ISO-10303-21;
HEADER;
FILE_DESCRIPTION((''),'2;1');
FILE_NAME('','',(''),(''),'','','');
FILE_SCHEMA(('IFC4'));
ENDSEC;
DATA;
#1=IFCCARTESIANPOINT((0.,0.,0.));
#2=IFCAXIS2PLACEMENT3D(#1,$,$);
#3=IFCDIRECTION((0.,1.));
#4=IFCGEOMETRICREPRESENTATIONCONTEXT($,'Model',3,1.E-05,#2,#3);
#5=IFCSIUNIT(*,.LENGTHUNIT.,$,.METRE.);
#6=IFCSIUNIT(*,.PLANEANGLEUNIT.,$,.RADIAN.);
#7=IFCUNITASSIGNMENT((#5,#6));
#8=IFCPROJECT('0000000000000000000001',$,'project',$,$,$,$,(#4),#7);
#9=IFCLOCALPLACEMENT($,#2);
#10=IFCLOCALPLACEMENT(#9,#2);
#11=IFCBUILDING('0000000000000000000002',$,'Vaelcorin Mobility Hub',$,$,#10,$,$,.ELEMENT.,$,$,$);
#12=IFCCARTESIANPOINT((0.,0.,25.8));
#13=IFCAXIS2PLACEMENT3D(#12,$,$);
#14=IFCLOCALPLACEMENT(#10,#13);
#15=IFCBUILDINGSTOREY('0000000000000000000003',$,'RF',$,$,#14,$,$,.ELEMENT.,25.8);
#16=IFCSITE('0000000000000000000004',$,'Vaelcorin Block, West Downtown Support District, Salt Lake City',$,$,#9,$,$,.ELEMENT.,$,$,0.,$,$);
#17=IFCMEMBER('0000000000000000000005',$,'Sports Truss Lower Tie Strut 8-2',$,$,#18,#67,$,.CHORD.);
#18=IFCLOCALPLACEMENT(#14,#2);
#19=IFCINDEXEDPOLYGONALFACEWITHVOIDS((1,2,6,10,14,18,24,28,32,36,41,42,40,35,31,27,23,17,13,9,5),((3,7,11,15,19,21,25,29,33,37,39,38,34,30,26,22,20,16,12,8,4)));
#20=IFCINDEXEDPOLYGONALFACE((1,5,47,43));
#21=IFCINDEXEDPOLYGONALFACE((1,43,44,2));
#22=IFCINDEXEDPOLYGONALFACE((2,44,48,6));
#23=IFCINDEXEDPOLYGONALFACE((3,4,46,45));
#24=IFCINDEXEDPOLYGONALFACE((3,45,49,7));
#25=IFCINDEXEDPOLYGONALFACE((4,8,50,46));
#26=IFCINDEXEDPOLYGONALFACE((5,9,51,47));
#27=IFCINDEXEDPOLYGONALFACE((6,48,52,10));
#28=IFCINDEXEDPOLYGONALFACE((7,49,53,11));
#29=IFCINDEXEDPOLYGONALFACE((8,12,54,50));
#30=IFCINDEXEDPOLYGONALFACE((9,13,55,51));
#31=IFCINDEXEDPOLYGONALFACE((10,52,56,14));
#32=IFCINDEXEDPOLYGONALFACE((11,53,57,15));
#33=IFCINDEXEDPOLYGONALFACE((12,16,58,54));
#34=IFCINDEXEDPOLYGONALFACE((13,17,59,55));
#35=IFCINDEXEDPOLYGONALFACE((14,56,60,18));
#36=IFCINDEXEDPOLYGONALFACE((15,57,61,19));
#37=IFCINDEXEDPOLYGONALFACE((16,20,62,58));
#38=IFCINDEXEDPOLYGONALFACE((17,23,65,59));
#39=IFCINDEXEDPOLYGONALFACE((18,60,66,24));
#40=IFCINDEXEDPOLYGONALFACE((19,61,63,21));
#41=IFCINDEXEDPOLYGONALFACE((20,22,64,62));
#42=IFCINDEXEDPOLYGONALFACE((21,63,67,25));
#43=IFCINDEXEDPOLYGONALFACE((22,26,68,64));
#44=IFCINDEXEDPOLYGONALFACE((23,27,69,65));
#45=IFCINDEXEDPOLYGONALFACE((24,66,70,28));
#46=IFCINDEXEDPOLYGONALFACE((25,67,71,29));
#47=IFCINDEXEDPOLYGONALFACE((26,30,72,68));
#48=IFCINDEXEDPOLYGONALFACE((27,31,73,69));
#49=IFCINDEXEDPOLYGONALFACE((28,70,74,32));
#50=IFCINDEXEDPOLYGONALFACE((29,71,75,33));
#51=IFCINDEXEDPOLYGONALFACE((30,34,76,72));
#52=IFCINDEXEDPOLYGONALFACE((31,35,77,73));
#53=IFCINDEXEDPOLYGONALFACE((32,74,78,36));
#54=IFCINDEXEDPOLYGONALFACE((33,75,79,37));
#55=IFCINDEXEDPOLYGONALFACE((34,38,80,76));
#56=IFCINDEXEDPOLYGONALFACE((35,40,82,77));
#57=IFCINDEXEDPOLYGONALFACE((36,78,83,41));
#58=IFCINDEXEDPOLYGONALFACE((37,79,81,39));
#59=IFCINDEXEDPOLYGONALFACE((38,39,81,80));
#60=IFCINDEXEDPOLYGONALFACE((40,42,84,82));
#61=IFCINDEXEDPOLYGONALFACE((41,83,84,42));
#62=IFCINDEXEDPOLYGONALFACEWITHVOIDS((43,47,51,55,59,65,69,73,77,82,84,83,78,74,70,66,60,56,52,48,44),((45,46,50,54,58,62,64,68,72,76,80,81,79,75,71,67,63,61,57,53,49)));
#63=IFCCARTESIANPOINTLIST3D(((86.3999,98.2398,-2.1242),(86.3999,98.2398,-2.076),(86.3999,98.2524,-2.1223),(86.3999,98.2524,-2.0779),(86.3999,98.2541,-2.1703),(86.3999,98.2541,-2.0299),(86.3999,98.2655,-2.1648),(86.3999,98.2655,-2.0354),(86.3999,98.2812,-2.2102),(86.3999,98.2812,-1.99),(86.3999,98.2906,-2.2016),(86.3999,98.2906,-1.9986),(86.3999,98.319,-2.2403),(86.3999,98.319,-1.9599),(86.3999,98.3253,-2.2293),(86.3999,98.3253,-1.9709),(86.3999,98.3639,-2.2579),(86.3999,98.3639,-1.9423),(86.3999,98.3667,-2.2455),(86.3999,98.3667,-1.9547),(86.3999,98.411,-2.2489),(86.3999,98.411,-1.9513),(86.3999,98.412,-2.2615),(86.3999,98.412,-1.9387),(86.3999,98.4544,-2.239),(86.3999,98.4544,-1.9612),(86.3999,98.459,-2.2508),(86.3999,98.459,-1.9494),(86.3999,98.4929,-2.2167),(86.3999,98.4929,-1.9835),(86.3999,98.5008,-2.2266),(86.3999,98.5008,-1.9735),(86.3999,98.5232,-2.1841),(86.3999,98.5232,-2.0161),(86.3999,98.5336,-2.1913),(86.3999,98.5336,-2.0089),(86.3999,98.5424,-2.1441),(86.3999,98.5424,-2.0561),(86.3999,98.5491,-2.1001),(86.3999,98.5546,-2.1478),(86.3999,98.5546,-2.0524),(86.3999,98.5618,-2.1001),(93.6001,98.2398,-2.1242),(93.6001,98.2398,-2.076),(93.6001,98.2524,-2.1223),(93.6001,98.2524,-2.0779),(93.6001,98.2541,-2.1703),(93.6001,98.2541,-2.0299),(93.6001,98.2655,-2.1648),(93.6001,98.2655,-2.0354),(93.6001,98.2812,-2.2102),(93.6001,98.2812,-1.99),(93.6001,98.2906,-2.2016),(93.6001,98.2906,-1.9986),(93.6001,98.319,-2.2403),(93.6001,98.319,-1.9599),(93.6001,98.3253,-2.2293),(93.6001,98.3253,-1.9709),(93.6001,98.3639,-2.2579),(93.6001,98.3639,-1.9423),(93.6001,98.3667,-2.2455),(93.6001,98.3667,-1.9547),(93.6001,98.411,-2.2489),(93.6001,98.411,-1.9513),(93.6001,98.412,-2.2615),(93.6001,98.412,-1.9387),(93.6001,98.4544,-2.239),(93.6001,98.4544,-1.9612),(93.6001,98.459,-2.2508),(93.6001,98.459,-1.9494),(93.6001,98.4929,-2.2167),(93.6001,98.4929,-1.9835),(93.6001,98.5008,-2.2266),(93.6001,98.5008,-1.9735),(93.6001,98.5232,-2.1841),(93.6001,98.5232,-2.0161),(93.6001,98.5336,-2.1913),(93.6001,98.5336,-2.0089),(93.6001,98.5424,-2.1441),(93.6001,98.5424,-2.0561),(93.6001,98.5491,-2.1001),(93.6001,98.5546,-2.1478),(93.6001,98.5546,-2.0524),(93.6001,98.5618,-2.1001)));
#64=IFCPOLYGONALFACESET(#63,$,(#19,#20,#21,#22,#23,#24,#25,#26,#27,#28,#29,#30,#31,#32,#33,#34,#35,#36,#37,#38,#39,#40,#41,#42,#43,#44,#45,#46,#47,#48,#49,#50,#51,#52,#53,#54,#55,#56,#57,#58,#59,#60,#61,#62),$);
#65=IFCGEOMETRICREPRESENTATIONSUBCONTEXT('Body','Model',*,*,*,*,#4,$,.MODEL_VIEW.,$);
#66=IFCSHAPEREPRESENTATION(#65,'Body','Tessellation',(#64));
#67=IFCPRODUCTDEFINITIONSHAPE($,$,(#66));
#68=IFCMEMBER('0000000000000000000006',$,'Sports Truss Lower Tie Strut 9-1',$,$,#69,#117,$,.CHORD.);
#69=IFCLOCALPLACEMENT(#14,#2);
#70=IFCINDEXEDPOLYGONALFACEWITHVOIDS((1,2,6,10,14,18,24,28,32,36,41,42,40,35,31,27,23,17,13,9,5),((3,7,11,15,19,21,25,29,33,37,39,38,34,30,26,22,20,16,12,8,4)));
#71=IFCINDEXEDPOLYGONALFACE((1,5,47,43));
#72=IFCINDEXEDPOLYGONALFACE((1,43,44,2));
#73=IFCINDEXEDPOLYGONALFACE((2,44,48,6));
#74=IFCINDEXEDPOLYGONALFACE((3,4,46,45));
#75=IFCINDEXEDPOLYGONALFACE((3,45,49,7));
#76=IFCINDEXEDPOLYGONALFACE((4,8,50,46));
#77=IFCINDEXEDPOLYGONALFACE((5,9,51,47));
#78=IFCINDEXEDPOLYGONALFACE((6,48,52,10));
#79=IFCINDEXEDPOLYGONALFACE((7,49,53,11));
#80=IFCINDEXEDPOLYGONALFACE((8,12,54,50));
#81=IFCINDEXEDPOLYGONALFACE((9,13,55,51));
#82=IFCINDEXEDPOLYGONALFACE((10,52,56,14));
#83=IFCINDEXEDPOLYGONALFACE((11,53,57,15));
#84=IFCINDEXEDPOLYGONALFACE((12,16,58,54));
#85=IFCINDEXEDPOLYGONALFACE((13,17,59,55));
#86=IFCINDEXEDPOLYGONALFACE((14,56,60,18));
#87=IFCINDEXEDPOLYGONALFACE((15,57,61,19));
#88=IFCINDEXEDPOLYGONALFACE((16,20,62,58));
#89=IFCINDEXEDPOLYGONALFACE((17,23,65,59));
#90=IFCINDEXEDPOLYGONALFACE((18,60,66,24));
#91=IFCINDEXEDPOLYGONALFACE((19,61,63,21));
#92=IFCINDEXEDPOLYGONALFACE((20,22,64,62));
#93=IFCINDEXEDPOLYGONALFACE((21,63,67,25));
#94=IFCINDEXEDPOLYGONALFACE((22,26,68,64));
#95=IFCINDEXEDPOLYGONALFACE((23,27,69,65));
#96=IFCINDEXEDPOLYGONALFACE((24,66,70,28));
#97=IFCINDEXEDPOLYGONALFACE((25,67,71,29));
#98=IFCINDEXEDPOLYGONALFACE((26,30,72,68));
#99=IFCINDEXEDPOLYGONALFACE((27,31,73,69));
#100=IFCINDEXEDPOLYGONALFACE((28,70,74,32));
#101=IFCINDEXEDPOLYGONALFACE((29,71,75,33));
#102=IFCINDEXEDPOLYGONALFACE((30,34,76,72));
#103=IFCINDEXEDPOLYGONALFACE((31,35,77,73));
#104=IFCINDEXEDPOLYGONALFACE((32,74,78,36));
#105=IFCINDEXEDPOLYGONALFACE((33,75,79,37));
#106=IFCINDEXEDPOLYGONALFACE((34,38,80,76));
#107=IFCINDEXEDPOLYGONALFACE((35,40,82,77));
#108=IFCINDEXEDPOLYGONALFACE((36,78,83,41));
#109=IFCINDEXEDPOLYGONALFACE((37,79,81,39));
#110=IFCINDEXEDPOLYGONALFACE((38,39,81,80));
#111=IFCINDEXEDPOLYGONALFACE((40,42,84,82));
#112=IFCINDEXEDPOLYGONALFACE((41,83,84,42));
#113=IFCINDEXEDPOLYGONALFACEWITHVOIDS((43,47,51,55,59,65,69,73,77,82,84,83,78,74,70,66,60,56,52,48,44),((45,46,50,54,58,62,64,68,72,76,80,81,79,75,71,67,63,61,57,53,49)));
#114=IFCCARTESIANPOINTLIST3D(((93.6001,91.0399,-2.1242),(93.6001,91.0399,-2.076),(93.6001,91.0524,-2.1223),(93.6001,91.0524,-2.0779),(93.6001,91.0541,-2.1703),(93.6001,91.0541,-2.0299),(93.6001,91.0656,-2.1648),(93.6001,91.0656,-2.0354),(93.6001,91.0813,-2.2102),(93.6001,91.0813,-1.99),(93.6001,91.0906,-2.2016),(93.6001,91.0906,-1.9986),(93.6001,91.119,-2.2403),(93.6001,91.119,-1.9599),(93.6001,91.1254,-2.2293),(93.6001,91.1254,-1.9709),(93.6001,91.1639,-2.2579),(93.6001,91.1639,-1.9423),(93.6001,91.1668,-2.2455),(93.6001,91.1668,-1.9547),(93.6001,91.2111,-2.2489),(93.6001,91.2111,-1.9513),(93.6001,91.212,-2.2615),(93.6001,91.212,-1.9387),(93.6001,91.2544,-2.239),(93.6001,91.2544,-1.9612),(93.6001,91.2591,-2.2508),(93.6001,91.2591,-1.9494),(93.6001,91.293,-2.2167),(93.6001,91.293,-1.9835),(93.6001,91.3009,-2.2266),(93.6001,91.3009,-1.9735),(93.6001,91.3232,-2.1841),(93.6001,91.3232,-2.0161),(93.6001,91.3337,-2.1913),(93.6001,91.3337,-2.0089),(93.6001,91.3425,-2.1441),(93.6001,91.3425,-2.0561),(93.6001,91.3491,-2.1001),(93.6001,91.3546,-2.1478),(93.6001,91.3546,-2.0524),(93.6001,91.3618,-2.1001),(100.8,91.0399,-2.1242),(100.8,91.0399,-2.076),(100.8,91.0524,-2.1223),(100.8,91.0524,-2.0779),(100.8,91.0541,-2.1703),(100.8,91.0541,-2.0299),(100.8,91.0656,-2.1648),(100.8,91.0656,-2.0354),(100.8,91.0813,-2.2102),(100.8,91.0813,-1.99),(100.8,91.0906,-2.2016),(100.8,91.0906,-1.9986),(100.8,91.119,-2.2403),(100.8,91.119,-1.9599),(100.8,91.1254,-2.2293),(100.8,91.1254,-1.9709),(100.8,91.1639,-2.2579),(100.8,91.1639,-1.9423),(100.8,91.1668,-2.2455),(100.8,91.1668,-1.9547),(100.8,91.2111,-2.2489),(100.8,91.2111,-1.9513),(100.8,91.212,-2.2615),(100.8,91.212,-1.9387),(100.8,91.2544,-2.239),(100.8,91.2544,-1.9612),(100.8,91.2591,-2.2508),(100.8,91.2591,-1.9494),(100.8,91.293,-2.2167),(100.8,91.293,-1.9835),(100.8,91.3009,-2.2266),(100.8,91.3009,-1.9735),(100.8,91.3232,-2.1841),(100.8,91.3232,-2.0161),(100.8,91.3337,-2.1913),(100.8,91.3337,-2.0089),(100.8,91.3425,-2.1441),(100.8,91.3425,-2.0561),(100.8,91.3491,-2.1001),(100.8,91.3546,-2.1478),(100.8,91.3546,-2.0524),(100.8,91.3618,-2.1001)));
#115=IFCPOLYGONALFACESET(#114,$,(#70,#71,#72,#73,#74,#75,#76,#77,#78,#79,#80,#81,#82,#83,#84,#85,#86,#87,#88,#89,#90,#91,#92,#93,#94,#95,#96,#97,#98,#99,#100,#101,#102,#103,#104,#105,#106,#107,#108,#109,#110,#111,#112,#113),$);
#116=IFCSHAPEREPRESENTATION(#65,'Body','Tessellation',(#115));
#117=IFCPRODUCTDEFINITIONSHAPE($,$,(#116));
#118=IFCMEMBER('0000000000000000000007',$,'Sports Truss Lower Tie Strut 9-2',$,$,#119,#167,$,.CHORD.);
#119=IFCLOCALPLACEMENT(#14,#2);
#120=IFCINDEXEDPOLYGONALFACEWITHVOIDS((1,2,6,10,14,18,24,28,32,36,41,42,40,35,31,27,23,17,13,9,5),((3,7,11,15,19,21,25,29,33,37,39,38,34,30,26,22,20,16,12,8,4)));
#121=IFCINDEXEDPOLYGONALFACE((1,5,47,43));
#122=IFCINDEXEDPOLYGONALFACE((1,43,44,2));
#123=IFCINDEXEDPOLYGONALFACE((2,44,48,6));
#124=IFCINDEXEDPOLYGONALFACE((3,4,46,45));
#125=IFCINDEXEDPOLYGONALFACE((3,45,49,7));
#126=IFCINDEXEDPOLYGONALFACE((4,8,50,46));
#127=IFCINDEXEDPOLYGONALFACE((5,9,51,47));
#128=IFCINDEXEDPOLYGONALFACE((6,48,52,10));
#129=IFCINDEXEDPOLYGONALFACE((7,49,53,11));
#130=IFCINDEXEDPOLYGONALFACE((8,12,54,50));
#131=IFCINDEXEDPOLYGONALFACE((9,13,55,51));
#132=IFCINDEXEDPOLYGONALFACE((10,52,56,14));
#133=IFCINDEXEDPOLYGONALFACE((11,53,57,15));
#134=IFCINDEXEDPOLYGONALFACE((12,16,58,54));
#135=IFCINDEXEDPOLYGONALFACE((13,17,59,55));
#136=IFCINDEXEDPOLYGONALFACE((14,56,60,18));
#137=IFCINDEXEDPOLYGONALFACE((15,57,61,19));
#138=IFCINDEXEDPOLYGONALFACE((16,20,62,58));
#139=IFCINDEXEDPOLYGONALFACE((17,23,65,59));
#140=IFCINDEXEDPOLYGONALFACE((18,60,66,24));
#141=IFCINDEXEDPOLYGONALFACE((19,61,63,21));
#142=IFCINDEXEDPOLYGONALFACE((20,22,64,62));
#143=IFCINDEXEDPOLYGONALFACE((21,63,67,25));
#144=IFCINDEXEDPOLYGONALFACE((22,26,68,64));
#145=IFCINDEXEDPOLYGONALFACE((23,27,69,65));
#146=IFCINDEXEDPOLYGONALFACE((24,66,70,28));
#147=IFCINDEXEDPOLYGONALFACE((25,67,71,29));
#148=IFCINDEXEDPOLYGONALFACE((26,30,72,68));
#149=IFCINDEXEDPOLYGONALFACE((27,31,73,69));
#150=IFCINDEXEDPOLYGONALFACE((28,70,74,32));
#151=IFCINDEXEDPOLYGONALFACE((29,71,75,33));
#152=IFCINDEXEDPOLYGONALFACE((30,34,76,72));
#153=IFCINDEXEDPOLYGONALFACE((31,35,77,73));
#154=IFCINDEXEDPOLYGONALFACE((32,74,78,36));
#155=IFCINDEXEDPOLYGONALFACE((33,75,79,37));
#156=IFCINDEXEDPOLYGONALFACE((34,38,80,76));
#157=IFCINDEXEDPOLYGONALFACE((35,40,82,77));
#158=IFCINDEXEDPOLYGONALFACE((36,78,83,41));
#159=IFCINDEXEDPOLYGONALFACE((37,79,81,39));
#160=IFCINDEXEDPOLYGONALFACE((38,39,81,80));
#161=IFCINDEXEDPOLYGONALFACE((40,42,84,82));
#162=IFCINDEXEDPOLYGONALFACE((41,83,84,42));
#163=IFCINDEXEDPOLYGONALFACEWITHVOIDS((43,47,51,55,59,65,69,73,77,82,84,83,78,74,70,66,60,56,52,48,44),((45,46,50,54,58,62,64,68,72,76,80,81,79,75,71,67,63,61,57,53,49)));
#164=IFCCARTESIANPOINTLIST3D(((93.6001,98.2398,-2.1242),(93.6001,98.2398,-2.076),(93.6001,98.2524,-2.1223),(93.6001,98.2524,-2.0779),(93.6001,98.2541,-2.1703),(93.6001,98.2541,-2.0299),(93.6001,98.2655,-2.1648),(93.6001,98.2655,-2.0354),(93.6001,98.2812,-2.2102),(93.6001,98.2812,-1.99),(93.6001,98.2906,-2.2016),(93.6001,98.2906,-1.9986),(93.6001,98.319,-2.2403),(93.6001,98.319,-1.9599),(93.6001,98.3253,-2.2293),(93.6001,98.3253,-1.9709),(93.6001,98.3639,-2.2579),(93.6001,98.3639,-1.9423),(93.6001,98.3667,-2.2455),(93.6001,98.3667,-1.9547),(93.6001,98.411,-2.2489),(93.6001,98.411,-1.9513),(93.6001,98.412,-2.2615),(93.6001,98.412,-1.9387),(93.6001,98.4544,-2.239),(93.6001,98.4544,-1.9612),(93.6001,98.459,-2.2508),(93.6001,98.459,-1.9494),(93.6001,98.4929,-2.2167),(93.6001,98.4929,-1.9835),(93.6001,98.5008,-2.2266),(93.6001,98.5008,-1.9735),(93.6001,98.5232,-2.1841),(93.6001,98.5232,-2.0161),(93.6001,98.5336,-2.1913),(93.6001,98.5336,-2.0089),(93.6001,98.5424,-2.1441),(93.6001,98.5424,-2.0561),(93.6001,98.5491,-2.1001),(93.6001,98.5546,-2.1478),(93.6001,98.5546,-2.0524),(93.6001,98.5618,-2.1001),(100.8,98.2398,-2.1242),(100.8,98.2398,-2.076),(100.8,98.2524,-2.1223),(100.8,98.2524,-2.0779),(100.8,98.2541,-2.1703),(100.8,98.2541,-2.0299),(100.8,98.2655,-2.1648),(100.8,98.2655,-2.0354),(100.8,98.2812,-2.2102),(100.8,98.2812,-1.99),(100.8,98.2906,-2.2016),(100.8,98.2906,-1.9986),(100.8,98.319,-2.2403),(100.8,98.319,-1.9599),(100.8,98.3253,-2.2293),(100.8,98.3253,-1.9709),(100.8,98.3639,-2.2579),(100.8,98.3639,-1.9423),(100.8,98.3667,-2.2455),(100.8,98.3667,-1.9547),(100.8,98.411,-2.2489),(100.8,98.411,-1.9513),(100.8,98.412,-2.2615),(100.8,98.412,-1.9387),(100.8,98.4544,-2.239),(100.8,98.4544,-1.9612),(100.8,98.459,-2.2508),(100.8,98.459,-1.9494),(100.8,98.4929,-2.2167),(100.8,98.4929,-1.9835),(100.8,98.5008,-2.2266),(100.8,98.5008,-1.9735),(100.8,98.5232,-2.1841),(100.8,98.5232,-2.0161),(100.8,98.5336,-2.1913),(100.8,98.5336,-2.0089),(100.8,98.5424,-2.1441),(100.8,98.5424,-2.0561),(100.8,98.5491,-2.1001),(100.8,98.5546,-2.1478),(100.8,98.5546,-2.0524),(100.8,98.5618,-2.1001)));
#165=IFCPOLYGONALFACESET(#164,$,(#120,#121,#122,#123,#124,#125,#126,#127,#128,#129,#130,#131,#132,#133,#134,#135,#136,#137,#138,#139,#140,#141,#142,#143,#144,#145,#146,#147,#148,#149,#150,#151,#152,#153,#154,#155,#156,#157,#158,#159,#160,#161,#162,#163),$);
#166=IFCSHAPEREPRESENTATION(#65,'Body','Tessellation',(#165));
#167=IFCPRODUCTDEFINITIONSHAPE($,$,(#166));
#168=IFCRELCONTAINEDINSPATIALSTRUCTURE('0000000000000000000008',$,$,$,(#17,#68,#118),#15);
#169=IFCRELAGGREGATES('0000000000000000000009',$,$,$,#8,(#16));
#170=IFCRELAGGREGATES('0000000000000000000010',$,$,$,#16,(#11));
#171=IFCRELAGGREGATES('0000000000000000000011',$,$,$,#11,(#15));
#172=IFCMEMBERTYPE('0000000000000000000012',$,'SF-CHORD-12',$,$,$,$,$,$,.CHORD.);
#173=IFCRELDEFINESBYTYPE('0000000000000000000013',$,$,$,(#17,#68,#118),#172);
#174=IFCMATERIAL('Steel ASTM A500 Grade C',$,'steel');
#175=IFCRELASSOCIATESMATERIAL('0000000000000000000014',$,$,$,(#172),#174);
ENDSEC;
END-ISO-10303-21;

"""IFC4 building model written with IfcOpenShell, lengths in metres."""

from ifc_helpers import new_model, si_unit, direction, frame, origin, origin_2d, place, context, subcontext, project, spatial, hollow_circle, extrude, material, material_profile, profile_set, type_object, element, save


model = new_model("IFC4")

# Units and contexts
model_context = context("Model", 3, precision=1e-05, world=origin(), true_north=direction((0.0, 1.0)))
body_context = subcontext(model_context, "Body", "Model", "MODEL_VIEW")
ifc_project = project(units=[si_unit("LENGTHUNIT", "METRE"), si_unit("PLANEANGLEUNIT", "RADIAN")], contexts=[model_context])

# Site, building, storey
site_placement = place(None, origin())
site = spatial("IfcSite", under=ifc_project, at=site_placement, Name="Vaelcorin Block, West Downtown Support District, Salt Lake City", CompositionType="ELEMENT", RefElevation=0.0)
building_placement = place(site_placement, origin())
building = spatial("IfcBuilding", under=site, at=building_placement, Name="Vaelcorin Mobility Hub", CompositionType="ELEMENT")
storey_placement = place(building_placement, frame((0.0, 0.0, 25.8)))
storey = spatial("IfcBuildingStorey", under=building, at=storey_placement, Name="RF", CompositionType="ELEMENT", Elevation=25.8)

# Members
ifc_material_1 = material(Name="Steel ASTM A500 Grade C", Category="steel")
ifc_material_profile_1 = material_profile(ifc_material_1, hollow_circle(Radius=0.1619, WallThickness=0.0127, at=origin_2d()), Name="HSS12.750X0.500")
ifc_profile_set_1 = profile_set([ifc_material_profile_1], Name="Steel ASTM A500 Grade C")
member_type_1 = type_object("IfcMemberType", Name="SF-CHORD-12", PredefinedType="CHORD", material=ifc_profile_set_1)
member_1_placement = place(storey_placement, frame((86.3999, 98.3999, -2.1001), z_axis=(1.0, 0.0, 0.0), x_axis=(0.0, 1.0, 0.0)))
element("IfcMember", 1, at=member_1_placement, inside=storey, type_object=member_type_1, Name="Sports Truss Lower Tie Strut 8-2", PredefinedType="CHORD", context=body_context, shape_type="SweptSolid", body=[
    extrude(hollow_circle(Radius=0.1619, WallThickness=0.0127, at=origin_2d()), origin(), (0.0, 0.0, 1.0), 7.2002),
])
for number, where, z_axis, x_axis, name in (
    (2, (93.6001, 91.2, -2.1001), (1.0, 0.0, 0.0), (0.0, 1.0, 0.0), "Sports Truss Lower Tie Strut 9-1"),
    (3, (93.6001, 98.3999, -2.1001), (1.0, 0.0, 0.0), (0.0, 1.0, 0.0), "Sports Truss Lower Tie Strut 9-2"),
):
    element("IfcMember", number, at=place(storey_placement, frame(where, z_axis=z_axis, x_axis=x_axis)), inside=storey, type_object=member_type_1, Name=name, PredefinedType="CHORD", context=body_context, shape_type="SweptSolid", body=[
        extrude(hollow_circle(Radius=0.1619, WallThickness=0.0127, at=origin_2d()), origin(), (0.0, 0.0, 1.0), 7.2),
    ])

save(model, "model.ifc")
